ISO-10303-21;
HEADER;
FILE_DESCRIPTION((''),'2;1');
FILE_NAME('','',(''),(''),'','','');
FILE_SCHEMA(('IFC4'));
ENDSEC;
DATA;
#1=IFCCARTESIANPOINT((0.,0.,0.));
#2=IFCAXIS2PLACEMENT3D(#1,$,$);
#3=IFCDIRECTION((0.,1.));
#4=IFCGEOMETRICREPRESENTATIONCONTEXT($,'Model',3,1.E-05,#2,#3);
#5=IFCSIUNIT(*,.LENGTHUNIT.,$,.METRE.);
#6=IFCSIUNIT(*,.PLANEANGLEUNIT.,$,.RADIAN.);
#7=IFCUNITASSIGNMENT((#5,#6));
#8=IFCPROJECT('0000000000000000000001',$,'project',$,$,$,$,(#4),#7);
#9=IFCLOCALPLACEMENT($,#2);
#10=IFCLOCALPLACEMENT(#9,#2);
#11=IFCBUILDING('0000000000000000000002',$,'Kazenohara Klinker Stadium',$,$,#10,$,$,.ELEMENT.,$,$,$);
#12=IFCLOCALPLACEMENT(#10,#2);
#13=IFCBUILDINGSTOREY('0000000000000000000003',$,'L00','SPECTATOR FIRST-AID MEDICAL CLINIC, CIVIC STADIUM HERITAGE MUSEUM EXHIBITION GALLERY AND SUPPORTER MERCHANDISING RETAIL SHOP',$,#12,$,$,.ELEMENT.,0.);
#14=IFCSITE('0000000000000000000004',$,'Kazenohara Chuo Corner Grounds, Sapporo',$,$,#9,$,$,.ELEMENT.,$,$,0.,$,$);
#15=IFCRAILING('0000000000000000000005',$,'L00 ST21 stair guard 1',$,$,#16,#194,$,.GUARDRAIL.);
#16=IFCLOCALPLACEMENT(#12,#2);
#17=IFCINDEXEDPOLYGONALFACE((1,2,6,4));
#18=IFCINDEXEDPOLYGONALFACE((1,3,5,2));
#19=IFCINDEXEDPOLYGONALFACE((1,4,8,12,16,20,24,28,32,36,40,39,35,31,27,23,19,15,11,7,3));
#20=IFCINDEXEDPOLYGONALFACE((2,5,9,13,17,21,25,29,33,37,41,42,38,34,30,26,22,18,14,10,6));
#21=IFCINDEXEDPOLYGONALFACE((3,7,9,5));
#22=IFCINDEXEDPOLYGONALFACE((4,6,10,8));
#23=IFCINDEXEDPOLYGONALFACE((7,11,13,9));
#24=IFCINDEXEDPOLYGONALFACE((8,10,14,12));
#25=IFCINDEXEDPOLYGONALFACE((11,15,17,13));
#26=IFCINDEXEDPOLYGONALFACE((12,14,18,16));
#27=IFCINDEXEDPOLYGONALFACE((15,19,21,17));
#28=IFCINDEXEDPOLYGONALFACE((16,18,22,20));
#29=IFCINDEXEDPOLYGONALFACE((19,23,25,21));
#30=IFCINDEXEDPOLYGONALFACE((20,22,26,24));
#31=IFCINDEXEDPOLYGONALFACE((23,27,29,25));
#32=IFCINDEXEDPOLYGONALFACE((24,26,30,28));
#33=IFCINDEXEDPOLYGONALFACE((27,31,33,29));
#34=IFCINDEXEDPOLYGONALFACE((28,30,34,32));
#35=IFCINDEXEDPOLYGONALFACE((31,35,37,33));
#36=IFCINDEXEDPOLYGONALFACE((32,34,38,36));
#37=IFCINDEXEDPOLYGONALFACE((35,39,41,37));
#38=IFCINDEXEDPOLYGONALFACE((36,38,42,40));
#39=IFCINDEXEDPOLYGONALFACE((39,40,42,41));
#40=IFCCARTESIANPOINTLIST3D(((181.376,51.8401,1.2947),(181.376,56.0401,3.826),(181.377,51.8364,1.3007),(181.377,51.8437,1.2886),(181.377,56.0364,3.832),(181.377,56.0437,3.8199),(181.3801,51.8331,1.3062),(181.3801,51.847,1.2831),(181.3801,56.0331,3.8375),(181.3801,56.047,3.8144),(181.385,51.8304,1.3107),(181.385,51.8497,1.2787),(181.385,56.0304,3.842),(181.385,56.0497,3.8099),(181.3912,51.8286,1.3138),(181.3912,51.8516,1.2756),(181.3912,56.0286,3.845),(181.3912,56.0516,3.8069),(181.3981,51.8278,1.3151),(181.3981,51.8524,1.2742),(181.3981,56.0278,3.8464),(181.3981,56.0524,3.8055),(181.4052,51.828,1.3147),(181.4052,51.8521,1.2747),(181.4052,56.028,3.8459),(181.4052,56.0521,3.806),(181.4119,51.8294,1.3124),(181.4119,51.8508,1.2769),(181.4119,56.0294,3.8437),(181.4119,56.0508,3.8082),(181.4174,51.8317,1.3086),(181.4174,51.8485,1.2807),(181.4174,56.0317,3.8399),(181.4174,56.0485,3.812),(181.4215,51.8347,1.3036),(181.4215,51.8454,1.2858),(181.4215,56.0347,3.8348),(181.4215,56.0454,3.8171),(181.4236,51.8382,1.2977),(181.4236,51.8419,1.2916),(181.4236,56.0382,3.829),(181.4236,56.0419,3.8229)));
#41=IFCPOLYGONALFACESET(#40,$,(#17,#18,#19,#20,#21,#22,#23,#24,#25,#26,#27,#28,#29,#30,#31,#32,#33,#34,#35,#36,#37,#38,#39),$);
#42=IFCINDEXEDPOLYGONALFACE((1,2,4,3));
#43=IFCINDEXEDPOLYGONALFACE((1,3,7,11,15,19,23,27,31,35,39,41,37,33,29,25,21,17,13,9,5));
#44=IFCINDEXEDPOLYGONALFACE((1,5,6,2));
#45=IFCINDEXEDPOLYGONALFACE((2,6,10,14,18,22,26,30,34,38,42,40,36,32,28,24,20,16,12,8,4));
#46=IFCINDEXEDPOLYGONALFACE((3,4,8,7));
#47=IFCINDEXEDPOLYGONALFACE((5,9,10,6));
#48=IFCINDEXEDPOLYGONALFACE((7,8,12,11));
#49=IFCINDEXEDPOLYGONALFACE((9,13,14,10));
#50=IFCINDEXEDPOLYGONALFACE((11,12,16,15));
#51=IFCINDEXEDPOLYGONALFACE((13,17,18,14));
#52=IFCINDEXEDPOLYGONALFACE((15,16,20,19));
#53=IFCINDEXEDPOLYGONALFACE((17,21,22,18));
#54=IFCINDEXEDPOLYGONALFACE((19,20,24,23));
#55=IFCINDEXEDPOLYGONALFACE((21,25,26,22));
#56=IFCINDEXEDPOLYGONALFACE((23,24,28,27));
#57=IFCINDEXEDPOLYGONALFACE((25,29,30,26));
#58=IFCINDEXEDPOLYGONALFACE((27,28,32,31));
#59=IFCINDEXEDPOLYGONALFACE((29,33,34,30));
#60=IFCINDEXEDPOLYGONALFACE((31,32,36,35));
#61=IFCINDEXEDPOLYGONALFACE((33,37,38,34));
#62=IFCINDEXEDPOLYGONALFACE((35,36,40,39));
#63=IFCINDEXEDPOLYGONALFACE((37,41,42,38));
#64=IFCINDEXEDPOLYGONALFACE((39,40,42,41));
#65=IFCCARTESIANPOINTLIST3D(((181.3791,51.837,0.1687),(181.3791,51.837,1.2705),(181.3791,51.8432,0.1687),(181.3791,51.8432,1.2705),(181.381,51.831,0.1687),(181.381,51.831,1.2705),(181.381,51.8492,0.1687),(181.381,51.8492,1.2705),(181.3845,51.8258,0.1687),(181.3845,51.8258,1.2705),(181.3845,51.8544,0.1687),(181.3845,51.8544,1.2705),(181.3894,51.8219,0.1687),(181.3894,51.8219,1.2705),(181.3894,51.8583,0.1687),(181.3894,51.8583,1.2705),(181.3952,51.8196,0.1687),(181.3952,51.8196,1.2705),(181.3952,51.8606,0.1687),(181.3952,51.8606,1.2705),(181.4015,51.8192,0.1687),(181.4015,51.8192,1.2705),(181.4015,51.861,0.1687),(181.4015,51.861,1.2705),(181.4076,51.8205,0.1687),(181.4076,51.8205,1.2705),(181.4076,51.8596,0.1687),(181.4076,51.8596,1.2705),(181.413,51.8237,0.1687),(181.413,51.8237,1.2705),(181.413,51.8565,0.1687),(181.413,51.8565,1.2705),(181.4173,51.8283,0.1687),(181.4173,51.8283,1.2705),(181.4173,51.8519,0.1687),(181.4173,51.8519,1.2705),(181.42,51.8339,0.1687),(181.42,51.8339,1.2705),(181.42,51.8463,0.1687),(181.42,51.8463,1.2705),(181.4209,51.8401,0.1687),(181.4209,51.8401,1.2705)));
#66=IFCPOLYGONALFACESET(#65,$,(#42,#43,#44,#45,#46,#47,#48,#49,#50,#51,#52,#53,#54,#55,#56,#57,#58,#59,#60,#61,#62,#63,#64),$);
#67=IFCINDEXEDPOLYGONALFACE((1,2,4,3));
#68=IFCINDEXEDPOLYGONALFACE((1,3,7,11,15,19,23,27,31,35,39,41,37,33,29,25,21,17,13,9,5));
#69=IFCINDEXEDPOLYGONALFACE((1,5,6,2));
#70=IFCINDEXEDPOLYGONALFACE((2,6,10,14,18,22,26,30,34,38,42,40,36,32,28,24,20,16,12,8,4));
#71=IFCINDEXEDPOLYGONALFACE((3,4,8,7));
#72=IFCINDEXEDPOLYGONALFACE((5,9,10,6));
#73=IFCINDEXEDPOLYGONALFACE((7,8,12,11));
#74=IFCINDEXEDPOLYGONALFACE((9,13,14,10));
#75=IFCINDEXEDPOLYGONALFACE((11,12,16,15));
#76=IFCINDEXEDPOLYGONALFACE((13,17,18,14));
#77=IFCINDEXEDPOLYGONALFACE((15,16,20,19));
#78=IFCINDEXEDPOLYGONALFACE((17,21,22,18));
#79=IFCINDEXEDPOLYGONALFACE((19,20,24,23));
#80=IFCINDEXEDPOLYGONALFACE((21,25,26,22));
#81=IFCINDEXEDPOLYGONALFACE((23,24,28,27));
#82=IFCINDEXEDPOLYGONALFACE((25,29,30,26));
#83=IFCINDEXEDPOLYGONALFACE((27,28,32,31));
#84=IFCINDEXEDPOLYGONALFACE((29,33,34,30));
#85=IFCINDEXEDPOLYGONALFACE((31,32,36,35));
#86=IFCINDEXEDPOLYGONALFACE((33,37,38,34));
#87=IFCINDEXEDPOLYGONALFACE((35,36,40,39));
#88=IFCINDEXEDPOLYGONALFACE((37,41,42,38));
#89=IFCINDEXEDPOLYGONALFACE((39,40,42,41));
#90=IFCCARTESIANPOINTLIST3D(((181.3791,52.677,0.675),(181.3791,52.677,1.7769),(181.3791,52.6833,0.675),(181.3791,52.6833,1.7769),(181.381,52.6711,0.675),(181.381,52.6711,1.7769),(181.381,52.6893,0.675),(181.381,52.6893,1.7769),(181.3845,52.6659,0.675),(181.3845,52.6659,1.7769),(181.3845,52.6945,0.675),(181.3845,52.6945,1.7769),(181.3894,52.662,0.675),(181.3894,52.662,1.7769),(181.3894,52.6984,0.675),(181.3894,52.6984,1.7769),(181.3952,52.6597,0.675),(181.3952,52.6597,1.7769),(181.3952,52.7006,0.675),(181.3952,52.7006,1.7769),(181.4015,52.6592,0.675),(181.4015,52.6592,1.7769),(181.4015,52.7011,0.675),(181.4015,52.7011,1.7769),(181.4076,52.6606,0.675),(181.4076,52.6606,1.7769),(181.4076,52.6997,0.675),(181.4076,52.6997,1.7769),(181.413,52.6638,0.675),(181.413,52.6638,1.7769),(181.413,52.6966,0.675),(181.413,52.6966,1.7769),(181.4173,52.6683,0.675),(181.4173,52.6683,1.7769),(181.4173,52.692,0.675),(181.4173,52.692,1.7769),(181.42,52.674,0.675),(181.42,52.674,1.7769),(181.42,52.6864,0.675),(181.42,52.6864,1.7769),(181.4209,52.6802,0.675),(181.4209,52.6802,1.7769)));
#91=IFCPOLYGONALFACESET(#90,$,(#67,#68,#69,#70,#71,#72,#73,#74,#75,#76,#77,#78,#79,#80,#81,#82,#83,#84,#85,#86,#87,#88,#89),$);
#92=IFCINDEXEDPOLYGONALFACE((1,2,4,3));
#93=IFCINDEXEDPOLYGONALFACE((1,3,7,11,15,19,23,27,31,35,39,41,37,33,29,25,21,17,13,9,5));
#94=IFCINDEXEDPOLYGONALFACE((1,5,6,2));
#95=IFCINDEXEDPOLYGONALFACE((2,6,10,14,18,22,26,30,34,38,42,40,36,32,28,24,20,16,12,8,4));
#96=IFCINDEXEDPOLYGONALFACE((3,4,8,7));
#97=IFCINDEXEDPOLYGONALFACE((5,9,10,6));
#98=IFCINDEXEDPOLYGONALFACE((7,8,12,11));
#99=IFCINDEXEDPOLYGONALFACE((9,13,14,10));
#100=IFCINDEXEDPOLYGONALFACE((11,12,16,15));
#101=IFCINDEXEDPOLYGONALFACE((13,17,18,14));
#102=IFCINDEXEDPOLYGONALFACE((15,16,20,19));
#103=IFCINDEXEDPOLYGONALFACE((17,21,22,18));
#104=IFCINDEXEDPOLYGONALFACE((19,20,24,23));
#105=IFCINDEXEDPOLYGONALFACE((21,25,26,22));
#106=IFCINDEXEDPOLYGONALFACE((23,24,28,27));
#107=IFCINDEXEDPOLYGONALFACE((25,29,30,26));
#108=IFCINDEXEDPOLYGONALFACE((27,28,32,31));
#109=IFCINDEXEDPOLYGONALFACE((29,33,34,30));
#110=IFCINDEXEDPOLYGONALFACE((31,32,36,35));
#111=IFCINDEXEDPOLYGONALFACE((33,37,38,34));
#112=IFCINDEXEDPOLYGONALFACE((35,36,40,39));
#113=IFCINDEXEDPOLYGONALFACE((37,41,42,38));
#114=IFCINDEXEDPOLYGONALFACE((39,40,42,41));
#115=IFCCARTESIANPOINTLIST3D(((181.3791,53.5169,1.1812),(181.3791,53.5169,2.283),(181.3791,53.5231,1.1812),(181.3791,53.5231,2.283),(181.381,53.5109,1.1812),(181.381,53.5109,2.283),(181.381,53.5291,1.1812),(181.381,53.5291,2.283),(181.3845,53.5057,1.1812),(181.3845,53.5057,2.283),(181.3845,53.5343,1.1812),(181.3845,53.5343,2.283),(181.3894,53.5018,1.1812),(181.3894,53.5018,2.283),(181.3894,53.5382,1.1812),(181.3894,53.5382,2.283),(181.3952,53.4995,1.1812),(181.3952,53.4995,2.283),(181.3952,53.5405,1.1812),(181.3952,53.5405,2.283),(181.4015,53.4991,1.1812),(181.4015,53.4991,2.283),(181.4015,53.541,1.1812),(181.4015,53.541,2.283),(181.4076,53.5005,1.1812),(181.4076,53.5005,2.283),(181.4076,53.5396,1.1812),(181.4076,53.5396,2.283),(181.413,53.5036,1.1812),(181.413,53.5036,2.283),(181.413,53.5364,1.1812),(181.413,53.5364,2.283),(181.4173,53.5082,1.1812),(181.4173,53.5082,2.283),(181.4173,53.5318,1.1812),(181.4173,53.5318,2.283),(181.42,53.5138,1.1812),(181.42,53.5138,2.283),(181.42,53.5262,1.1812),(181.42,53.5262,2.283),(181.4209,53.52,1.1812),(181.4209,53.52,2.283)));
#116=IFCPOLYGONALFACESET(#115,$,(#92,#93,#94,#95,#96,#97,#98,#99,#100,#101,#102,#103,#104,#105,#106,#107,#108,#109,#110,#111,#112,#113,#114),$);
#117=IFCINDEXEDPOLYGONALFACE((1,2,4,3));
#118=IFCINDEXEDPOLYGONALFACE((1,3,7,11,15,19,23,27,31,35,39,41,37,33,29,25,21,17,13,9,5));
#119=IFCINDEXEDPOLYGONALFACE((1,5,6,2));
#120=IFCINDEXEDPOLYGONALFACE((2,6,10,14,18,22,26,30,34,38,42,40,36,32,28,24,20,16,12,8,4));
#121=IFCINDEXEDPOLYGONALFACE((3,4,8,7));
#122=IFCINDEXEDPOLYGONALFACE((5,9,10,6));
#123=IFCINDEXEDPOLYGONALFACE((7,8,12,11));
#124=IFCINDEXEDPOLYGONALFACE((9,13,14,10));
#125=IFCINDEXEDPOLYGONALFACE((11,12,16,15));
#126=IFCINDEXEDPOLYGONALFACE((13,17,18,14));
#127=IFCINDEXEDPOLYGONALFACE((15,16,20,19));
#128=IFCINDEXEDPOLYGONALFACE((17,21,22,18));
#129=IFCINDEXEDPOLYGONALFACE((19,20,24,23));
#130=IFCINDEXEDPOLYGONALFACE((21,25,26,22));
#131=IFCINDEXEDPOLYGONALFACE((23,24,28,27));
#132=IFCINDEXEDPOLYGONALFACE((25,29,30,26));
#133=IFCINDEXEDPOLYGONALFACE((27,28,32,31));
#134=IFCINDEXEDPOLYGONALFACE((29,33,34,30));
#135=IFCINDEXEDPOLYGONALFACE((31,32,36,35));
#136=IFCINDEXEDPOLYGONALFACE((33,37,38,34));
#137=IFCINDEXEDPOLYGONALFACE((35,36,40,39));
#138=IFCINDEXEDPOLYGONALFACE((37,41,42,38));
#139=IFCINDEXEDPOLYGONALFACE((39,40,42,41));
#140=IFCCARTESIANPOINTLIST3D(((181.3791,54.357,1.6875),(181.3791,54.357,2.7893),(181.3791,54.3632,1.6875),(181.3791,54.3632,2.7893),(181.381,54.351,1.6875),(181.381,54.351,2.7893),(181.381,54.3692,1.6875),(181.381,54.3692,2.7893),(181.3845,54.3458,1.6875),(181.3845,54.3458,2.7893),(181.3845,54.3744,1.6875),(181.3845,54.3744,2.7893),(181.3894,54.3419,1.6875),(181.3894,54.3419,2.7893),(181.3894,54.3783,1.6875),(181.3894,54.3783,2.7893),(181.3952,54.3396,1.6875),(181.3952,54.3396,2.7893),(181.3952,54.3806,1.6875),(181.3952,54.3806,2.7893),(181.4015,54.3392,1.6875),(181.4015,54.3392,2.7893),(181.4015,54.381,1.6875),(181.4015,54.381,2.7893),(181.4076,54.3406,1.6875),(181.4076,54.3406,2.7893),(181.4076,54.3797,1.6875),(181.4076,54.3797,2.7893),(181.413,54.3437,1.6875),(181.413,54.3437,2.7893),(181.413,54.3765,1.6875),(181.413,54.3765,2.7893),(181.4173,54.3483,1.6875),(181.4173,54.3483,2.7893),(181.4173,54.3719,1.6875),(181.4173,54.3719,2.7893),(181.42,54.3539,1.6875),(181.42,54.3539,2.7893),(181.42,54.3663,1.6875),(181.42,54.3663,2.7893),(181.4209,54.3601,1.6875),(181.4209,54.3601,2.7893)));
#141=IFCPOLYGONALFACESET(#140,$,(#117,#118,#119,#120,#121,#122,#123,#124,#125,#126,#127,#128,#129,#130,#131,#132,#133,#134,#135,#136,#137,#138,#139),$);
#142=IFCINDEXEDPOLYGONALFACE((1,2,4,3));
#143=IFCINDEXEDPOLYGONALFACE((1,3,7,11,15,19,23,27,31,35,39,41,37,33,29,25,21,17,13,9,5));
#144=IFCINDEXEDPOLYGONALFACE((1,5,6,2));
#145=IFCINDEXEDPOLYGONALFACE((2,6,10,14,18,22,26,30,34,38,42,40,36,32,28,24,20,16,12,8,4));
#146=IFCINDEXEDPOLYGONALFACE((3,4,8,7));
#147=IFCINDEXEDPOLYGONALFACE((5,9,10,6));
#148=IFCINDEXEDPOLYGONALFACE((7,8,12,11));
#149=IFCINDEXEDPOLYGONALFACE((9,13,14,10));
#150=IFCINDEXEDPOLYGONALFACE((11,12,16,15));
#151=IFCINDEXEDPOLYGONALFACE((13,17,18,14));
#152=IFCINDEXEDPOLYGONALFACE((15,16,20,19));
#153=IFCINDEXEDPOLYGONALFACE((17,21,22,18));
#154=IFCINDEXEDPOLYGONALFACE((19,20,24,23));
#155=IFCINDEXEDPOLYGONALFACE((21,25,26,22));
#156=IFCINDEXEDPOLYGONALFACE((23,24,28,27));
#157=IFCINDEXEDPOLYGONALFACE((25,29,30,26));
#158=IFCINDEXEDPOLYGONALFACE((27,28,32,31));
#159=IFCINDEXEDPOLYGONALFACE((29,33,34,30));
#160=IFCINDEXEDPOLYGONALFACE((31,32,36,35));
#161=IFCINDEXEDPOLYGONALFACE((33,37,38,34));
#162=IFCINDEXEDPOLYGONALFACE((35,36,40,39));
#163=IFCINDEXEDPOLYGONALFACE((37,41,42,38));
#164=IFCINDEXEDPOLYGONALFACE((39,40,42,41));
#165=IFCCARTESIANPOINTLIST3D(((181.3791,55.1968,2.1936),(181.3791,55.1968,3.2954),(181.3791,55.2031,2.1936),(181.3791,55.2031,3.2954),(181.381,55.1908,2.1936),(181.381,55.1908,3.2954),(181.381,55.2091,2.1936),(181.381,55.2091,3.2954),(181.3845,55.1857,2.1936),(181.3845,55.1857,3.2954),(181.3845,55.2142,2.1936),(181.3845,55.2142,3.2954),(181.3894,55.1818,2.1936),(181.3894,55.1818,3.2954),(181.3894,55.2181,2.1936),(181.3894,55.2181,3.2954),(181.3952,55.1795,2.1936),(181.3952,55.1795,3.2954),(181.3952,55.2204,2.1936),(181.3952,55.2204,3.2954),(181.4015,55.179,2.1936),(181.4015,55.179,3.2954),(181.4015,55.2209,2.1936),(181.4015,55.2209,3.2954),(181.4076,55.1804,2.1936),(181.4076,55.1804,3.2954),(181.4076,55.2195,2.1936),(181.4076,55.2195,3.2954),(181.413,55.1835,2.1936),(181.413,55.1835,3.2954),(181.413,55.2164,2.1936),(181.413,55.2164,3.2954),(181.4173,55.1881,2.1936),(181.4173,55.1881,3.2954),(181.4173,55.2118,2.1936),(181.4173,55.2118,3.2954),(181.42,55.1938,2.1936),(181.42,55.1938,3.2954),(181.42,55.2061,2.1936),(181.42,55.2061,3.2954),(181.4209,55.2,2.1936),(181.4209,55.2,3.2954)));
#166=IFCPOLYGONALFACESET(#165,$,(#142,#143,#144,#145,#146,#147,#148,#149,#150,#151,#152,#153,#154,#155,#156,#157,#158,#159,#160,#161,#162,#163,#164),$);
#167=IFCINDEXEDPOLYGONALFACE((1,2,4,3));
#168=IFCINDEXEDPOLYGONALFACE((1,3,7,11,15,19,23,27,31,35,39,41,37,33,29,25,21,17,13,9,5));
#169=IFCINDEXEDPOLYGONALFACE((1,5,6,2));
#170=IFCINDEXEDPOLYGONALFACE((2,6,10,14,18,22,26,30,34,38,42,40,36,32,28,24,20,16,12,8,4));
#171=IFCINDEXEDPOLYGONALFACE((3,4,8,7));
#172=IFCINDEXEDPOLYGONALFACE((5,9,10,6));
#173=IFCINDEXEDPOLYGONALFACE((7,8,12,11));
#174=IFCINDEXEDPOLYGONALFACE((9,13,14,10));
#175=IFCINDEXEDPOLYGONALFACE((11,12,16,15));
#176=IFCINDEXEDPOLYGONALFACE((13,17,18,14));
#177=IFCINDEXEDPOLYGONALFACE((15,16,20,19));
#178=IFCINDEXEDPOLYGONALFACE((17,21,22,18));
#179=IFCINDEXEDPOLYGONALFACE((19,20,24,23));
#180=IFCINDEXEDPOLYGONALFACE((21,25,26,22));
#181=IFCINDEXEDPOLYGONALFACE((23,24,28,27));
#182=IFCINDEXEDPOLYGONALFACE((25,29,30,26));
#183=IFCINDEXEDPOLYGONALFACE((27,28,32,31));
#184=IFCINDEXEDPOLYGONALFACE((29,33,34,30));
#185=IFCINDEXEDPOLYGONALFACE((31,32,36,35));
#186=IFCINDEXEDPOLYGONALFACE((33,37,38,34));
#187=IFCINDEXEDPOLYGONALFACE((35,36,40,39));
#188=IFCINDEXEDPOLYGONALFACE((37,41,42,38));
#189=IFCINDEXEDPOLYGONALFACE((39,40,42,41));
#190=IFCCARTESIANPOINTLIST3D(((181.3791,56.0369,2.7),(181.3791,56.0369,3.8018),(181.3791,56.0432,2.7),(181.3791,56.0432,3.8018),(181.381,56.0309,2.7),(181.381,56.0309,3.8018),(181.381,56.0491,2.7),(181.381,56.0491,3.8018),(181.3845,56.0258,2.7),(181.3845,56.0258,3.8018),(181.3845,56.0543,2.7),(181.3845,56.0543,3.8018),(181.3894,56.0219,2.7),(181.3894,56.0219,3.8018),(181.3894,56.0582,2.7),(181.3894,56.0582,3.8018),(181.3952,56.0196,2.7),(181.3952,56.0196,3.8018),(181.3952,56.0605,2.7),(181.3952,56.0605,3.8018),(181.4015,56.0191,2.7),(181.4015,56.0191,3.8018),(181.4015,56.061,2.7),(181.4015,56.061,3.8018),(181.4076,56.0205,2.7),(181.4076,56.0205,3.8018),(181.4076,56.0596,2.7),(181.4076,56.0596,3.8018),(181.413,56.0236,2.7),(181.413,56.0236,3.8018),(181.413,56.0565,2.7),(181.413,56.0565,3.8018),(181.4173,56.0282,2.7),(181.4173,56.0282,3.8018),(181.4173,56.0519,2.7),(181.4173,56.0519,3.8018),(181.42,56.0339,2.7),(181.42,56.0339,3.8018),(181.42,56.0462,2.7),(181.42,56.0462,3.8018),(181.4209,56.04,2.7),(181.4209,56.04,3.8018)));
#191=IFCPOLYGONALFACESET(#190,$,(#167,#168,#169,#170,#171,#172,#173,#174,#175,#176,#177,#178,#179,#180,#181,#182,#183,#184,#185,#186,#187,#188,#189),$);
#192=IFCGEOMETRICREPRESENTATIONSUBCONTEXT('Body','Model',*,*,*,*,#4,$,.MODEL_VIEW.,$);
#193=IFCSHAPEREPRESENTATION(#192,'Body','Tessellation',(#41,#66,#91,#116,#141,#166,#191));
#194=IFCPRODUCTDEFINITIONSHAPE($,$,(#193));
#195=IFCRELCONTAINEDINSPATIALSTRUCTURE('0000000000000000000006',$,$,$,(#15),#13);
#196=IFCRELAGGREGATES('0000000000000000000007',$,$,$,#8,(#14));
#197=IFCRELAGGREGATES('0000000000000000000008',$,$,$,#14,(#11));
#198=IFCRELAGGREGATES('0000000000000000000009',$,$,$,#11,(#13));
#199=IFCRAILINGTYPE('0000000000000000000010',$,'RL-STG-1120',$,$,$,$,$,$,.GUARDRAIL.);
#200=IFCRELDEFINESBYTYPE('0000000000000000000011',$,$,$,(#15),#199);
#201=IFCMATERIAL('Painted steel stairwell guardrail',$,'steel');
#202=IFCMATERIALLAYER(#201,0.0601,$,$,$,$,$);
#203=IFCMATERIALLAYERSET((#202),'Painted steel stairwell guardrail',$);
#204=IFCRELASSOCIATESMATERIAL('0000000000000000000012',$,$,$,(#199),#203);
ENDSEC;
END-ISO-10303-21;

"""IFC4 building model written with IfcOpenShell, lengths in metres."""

from ifc_helpers import new_model, si_unit, direction, frame, origin, origin_2d, place, context, subcontext, project, spatial, circle, extrude, material, layer, layer_set, type_object, element, save


model = new_model("IFC4")

# Units and contexts
model_context = context("Model", 3, precision=1e-05, world=origin(), true_north=direction((0.0, 1.0)))
body_context = subcontext(model_context, "Body", "Model", "MODEL_VIEW")
ifc_project = project(units=[si_unit("LENGTHUNIT", "METRE"), si_unit("PLANEANGLEUNIT", "RADIAN")], contexts=[model_context])

# Site, building, storey
site_placement = place(None, origin())
site = spatial("IfcSite", under=ifc_project, at=site_placement, Name="Kazenohara Chuo Corner Grounds, Sapporo", CompositionType="ELEMENT", RefElevation=0.0)
building_placement = place(site_placement, origin())
building = spatial("IfcBuilding", under=site, at=building_placement, Name="Kazenohara Klinker Stadium", CompositionType="ELEMENT")
storey_placement = place(building_placement, origin())
storey = spatial("IfcBuildingStorey", under=building, at=storey_placement, Name="L00", Description="SPECTATOR FIRST-AID MEDICAL CLINIC, CIVIC STADIUM HERITAGE MUSEUM EXHIBITION GALLERY AND SUPPORTER MERCHANDISING RETAIL SHOP", CompositionType="ELEMENT", Elevation=0.0)

# Railing
ifc_material_1 = material(Name="Painted steel stairwell guardrail", Category="steel")
ifc_layer_1 = layer(ifc_material_1, 0.0601)
ifc_layer_set_1 = layer_set([ifc_layer_1], Name="Painted steel stairwell guardrail")
railing_type_1 = type_object("IfcRailingType", Name="RL-STG-1120", PredefinedType="GUARDRAIL", material=ifc_layer_set_1)
railing_1_placement = place(storey_placement, frame((181.3999, 51.8401, 0.1687)))
element("IfcRailing", 1, at=railing_1_placement, inside=storey, type_object=railing_type_1, Name="L00 ST21 stair guard 1", PredefinedType="GUARDRAIL", context=body_context, shape_type="SweptSolid", body=[
    extrude(circle(Radius=0.0239, at=origin_2d()), frame((0.0, 0.0, 1.126), z_axis=(0.0, 0.856476, 0.516186), x_axis=(-1.0, 0.0, 0.0)), (0.0, 0.0, 1.0), 4.9038),
    extrude(circle(Radius=0.021, at=origin_2d()), origin(), (0.0, 0.0, 1.0), 1.1018),
    extrude(circle(Radius=0.021, at=origin_2d()), frame((0.0, 0.8401, 0.5063)), (0.0, 0.0, 1.0), 1.1018),
    extrude(circle(Radius=0.021, at=origin_2d()), frame((0.0, 1.6799, 1.0125)), (0.0, 0.0, 1.0), 1.1018),
    extrude(circle(Radius=0.021, at=origin_2d()), frame((0.0, 2.52, 1.5188)), (0.0, 0.0, 1.0), 1.1018),
    extrude(circle(Radius=0.021, at=origin_2d()), frame((0.0, 3.3599, 2.0249)), (0.0, 0.0, 1.0), 1.1018),
    extrude(circle(Radius=0.021, at=origin_2d()), frame((0.0, 4.2, 2.5312)), (0.0, 0.0, 1.0), 1.1018),
])

save(model, "model.ifc")
